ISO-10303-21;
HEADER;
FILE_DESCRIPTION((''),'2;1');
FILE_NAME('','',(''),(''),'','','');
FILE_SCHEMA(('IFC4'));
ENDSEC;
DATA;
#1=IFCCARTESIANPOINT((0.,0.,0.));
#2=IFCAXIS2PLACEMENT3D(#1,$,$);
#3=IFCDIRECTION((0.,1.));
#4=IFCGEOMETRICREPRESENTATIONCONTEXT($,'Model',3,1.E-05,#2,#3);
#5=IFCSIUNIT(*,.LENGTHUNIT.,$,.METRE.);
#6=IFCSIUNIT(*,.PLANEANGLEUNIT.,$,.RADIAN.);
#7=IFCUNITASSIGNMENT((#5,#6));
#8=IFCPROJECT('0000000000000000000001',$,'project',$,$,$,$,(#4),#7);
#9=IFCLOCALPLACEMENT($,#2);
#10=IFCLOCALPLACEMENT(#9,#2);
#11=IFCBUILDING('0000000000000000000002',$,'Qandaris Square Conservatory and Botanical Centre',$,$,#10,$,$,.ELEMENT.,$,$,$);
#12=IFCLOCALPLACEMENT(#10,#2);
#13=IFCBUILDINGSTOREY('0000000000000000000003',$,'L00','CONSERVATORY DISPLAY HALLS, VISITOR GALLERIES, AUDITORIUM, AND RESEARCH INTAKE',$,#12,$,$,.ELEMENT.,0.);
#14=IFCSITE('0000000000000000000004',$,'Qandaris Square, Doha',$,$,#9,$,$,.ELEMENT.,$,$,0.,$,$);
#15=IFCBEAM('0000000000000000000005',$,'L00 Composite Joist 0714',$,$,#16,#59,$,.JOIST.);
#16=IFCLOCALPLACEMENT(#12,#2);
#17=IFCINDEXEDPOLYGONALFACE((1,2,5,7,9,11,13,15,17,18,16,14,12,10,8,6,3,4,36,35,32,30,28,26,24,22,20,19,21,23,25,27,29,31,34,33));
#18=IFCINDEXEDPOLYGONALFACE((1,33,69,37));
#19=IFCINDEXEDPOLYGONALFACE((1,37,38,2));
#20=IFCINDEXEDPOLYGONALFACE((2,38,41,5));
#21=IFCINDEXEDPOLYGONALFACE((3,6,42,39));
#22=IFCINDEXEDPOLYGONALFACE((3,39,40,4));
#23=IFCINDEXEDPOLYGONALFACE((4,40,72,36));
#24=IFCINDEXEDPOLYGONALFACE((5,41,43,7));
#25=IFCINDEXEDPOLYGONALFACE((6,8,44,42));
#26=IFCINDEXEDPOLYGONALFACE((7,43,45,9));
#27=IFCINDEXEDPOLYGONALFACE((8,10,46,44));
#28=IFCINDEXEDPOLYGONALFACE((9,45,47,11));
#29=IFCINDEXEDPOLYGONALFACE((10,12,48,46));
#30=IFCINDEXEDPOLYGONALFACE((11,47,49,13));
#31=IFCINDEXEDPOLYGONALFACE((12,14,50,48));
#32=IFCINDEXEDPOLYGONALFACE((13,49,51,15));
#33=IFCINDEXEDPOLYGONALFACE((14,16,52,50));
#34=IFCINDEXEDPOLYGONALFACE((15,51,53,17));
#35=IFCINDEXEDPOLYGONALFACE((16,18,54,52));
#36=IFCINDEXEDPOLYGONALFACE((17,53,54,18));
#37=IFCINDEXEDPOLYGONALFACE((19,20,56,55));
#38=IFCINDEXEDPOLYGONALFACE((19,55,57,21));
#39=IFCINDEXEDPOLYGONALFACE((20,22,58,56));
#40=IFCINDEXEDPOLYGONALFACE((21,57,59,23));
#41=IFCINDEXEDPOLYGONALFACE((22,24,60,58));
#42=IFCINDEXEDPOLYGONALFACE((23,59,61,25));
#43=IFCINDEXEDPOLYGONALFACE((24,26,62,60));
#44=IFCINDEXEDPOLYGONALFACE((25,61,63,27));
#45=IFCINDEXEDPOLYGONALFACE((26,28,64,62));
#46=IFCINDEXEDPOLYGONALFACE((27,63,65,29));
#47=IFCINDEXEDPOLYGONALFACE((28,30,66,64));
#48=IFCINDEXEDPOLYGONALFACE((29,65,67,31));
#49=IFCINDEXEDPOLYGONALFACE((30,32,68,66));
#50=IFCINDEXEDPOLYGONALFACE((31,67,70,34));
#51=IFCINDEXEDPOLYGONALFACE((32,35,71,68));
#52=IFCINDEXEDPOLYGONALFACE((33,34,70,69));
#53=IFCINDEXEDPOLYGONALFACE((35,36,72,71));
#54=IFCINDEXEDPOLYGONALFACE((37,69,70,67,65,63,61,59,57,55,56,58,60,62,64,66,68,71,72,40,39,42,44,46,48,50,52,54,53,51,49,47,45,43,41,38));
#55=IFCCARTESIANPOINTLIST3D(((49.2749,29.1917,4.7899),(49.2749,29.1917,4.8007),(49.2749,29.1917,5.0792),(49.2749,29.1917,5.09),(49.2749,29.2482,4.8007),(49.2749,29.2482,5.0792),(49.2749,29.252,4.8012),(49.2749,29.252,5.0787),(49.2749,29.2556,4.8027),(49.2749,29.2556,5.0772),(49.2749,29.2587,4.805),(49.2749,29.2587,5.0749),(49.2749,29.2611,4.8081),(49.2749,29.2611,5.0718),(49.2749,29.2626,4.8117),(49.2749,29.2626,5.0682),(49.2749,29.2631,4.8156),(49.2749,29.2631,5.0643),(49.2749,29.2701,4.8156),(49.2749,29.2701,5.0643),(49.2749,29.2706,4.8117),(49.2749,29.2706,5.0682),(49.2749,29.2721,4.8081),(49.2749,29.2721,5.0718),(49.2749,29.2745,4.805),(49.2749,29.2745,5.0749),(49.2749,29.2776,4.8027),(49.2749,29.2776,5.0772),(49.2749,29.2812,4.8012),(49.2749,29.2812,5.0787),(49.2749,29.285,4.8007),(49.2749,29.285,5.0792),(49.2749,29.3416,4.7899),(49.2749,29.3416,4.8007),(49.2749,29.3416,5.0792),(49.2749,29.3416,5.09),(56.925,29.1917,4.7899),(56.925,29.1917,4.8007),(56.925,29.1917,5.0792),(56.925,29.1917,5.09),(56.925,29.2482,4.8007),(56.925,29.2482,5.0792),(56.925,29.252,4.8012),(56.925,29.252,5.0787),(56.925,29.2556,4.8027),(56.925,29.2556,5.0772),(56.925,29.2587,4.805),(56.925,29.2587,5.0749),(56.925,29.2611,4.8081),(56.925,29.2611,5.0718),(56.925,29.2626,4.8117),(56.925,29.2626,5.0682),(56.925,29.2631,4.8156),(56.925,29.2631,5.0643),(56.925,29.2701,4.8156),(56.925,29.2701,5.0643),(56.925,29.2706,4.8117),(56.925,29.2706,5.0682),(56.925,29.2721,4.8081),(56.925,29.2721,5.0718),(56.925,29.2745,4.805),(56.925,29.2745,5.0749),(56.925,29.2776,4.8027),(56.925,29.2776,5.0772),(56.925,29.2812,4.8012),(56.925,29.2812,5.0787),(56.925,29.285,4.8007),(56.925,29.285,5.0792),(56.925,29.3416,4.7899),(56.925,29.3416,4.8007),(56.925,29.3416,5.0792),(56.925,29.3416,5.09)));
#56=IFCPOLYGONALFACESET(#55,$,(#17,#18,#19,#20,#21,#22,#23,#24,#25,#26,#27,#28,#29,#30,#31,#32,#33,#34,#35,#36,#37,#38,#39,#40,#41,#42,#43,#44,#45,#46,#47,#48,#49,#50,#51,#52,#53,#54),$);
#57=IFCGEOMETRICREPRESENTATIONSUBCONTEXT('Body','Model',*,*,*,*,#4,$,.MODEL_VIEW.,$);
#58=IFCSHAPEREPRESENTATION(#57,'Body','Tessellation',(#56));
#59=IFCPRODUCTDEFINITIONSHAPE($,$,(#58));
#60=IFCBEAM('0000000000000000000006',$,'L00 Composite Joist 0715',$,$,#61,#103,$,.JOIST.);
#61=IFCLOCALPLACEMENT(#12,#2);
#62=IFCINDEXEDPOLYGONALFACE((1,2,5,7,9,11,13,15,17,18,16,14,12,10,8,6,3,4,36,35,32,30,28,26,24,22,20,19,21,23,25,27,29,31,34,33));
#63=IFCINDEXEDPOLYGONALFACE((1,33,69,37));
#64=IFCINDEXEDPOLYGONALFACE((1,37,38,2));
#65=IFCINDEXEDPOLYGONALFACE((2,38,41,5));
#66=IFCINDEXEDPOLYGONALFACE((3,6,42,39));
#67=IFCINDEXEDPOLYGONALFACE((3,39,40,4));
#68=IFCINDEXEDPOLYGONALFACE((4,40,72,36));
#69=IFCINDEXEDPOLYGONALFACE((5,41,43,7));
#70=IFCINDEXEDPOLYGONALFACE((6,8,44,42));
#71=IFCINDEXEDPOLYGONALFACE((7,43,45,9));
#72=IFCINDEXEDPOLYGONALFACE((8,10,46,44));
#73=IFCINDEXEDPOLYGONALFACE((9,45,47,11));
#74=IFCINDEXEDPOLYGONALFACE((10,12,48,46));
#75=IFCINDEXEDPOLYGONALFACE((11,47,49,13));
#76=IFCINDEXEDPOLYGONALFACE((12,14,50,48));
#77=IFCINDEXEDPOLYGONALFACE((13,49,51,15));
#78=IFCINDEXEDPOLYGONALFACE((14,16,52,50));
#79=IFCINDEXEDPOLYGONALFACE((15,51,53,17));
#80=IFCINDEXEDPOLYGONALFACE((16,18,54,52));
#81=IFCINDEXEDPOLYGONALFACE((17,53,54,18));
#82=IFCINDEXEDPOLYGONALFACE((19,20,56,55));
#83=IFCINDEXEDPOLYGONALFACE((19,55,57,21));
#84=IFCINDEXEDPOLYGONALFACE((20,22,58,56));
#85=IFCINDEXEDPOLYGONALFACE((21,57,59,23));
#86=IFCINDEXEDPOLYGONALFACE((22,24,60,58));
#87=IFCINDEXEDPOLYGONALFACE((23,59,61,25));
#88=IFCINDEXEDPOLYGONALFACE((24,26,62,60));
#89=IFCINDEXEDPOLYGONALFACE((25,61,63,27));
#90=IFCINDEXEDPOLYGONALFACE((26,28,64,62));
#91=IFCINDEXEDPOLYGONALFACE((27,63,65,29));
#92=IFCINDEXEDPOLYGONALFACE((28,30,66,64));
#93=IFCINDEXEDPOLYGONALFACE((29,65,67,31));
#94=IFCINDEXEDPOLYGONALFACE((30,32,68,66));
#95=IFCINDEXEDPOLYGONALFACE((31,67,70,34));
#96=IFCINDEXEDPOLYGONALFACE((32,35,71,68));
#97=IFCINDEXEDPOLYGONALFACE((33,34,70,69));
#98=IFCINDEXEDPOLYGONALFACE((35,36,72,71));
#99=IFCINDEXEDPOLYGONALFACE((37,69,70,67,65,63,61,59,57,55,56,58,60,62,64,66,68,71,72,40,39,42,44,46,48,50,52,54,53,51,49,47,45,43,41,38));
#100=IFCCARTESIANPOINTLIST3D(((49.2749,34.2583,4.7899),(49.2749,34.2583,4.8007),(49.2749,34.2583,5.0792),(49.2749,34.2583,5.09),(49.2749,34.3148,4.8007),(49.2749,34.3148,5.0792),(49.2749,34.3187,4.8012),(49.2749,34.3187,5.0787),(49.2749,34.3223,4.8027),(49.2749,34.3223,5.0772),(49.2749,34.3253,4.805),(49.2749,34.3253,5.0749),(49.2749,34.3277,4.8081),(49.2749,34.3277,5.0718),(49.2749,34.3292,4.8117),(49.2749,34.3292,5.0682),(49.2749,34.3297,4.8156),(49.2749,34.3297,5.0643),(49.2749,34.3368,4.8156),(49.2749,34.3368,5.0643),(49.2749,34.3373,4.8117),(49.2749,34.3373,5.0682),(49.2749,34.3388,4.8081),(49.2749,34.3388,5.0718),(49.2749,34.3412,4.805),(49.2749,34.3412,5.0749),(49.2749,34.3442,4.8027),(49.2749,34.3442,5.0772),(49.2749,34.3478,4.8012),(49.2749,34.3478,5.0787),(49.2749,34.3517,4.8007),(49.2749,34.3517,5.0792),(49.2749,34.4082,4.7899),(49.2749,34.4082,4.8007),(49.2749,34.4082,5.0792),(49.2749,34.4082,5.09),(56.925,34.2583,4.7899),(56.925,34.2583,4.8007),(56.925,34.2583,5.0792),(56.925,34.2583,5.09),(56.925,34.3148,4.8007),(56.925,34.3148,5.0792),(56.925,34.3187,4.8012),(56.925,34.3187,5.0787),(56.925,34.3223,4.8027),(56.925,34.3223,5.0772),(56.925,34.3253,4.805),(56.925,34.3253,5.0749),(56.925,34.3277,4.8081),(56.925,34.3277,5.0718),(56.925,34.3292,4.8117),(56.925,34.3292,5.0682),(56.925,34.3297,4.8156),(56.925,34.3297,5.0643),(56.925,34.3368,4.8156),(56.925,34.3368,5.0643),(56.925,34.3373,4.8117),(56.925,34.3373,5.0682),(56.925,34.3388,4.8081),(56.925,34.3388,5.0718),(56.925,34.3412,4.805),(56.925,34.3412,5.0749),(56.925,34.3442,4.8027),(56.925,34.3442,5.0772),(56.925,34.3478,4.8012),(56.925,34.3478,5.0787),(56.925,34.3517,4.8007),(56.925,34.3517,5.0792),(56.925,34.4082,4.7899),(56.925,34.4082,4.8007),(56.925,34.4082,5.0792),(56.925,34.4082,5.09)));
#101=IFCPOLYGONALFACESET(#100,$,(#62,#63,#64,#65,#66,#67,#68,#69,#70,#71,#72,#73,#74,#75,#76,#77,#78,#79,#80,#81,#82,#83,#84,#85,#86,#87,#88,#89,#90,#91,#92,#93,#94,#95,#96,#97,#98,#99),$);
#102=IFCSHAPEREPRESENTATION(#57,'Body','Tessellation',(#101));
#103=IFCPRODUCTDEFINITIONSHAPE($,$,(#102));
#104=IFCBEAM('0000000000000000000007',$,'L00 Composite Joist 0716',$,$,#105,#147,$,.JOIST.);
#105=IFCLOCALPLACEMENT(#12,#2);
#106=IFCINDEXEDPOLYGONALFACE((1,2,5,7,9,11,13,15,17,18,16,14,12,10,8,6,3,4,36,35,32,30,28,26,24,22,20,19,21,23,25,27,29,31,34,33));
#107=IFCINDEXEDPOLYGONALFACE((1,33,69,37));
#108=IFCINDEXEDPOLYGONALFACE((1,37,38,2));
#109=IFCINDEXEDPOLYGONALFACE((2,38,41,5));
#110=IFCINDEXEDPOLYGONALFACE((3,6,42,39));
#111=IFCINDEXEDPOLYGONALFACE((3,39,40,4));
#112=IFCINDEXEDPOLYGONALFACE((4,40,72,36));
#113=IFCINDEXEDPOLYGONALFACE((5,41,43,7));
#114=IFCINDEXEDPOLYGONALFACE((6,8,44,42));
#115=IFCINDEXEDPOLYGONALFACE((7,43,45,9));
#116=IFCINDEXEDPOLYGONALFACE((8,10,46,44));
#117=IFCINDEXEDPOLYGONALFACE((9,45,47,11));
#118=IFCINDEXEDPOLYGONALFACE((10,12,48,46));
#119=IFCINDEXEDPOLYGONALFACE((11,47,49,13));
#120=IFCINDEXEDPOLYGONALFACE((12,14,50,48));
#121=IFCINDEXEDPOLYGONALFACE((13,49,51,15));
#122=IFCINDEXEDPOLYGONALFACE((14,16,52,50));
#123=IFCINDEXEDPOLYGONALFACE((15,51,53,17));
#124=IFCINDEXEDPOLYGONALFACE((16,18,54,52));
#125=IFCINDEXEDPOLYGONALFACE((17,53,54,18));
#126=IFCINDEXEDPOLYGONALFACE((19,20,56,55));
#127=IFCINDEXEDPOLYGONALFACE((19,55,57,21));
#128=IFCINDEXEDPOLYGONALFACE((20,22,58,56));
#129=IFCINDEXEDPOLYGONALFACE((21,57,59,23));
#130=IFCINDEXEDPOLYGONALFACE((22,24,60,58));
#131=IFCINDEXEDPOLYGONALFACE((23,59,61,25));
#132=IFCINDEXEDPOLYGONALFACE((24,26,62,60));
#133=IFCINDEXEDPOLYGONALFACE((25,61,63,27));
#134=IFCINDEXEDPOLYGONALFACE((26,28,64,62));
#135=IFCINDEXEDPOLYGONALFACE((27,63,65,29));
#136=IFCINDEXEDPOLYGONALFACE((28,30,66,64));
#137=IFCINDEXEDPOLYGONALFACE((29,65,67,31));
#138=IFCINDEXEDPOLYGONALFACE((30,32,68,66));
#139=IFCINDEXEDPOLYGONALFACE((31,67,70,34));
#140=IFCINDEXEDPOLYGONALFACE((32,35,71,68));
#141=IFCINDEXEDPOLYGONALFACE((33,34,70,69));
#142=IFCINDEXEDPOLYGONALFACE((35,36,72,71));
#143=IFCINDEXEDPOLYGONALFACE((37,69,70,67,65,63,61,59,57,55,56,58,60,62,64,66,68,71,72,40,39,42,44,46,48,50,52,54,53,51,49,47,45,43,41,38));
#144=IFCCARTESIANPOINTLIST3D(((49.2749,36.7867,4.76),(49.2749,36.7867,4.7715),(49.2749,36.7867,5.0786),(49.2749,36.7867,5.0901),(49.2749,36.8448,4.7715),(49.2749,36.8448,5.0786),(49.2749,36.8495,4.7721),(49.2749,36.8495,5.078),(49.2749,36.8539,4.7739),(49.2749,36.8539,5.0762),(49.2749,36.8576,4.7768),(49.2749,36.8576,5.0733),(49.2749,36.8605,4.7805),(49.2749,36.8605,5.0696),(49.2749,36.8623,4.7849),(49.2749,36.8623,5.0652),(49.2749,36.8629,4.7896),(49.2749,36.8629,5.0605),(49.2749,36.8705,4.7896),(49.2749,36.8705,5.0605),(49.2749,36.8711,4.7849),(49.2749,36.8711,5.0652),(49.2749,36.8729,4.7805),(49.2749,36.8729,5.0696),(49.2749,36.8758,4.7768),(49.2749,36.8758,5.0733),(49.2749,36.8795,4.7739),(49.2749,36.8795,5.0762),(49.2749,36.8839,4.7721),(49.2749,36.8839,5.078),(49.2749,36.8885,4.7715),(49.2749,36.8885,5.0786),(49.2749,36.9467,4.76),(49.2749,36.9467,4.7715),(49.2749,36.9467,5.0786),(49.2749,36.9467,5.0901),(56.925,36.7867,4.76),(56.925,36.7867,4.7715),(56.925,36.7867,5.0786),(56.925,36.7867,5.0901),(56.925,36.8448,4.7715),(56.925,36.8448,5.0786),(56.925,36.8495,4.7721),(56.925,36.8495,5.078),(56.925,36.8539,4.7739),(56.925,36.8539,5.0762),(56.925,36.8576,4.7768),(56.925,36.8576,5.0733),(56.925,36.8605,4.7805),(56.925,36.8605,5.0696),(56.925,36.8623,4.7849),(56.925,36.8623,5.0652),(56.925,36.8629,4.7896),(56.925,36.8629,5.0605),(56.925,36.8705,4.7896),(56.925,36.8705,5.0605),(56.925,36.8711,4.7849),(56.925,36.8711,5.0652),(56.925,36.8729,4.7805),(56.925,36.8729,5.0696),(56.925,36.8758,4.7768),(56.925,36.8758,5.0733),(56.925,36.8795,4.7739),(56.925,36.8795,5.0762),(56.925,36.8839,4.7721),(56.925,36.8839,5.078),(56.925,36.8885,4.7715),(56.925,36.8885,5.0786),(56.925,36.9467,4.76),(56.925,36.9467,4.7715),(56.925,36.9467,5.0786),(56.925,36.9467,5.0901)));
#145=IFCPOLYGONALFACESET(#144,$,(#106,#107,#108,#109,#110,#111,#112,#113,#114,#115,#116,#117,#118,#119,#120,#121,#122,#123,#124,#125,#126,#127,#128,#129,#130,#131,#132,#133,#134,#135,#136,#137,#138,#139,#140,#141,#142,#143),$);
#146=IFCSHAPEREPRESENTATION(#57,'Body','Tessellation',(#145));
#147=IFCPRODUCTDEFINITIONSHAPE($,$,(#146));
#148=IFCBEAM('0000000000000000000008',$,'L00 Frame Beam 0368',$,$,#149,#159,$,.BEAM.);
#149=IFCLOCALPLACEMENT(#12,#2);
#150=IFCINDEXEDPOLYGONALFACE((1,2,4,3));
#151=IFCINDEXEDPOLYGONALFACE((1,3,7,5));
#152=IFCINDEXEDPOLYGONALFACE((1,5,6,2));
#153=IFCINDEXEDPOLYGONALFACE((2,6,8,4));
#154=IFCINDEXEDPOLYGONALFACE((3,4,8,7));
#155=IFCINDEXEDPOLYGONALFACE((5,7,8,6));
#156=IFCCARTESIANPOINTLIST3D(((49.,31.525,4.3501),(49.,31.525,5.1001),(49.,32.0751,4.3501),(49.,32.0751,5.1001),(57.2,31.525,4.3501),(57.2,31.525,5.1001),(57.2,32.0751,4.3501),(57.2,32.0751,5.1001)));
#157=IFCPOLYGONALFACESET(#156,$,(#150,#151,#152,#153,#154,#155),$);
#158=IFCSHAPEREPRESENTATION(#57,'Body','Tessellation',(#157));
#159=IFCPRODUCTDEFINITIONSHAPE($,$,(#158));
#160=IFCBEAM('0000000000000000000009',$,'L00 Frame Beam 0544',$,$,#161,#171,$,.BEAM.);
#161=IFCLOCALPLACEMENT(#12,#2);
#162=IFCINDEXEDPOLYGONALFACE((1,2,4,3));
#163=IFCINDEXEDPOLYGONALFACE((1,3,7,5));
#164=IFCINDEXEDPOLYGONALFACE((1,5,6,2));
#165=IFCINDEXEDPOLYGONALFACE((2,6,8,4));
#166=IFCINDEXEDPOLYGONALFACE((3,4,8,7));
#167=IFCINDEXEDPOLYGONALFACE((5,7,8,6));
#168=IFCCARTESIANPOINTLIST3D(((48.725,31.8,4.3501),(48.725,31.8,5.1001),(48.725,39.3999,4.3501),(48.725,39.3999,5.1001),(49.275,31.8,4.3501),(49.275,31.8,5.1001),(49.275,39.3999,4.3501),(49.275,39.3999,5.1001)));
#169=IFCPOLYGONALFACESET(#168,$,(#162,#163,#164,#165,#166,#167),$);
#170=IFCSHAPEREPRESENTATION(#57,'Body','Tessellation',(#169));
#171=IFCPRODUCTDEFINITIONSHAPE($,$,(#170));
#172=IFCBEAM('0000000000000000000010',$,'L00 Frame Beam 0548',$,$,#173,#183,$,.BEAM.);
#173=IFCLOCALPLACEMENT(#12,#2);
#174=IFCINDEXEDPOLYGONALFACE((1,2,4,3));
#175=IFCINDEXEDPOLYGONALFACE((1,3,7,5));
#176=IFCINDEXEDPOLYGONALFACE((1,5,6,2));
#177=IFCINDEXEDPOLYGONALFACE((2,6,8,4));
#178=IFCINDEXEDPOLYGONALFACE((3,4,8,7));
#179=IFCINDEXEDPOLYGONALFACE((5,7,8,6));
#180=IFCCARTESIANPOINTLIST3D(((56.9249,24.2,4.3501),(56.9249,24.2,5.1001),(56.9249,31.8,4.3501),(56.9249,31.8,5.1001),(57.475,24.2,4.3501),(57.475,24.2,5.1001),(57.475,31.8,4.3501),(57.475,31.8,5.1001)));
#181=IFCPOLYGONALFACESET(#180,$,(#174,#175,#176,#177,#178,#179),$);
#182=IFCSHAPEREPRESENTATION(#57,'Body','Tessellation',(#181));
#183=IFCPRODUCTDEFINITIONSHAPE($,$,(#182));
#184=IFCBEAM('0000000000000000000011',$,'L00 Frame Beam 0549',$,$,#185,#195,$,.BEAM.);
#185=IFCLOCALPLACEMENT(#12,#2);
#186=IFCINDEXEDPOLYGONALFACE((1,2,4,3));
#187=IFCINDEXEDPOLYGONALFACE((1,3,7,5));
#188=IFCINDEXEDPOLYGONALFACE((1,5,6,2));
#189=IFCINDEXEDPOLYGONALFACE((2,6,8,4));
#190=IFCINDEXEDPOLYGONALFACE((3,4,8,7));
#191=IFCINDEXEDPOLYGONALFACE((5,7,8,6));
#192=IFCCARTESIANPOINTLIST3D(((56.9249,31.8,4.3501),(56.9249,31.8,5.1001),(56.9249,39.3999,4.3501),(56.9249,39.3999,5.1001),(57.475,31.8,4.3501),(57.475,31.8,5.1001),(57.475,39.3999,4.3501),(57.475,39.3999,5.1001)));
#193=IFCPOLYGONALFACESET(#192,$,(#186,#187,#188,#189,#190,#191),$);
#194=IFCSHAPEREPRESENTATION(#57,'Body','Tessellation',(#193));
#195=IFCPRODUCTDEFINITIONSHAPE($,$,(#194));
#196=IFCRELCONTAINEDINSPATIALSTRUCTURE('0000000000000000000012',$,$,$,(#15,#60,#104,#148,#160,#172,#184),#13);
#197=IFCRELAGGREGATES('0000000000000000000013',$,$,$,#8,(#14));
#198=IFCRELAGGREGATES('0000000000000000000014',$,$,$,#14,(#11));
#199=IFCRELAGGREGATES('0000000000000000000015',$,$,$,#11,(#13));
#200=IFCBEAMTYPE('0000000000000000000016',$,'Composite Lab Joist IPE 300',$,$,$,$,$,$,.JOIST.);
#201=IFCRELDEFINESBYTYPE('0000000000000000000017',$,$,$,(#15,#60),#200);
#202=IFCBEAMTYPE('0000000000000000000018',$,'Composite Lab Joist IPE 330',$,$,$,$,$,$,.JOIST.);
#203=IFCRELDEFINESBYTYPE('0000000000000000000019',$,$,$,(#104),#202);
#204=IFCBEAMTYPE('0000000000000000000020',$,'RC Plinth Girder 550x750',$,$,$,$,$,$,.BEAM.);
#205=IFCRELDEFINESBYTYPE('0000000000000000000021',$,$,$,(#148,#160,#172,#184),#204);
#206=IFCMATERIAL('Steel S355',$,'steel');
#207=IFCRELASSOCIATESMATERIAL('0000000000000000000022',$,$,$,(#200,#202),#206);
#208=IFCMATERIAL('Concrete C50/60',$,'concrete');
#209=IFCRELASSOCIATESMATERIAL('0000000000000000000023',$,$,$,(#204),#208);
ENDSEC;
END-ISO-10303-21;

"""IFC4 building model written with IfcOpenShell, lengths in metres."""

from ifc_helpers import new_model, si_unit, direction, frame, origin, origin_2d, place, context, subcontext, project, spatial, rectangle, i_section, extrude, material, material_profile, profile_set, type_object, element, save


model = new_model("IFC4")

# Units and contexts
model_context = context("Model", 3, precision=1e-05, world=origin(), true_north=direction((0.0, 1.0)))
body_context = subcontext(model_context, "Body", "Model", "MODEL_VIEW")
ifc_project = project(units=[si_unit("LENGTHUNIT", "METRE"), si_unit("PLANEANGLEUNIT", "RADIAN")], contexts=[model_context])

# Site, building, storey
site_placement = place(None, origin())
site = spatial("IfcSite", under=ifc_project, at=site_placement, Name="Qandaris Square, Doha", CompositionType="ELEMENT", RefElevation=0.0)
building_placement = place(site_placement, origin())
building = spatial("IfcBuilding", under=site, at=building_placement, Name="Qandaris Square Conservatory and Botanical Centre", CompositionType="ELEMENT")
storey_placement = place(building_placement, origin())
storey = spatial("IfcBuildingStorey", under=building, at=storey_placement, Name="L00", Description="CONSERVATORY DISPLAY HALLS, VISITOR GALLERIES, AUDITORIUM, AND RESEARCH INTAKE", CompositionType="ELEMENT", Elevation=0.0)

# Shared definitions
ifc_material_1 = material(Name="Concrete C50/60", Category="concrete")

# Beams
ifc_material_2 = material(Name="Steel S355", Category="steel")
ifc_material_profile_1 = material_profile(ifc_material_2, i_section(OverallWidth=0.1499, OverallDepth=0.3, WebThickness=0.0071, FlangeThickness=0.0107, FilletRadius=0.0149, at=origin_2d()), Name="IPE 300")
ifc_profile_set_1 = profile_set([ifc_material_profile_1], Name="Steel S355")
beam_type_1 = type_object("IfcBeamType", Name="Composite Lab Joist IPE 300", PredefinedType="JOIST", material=ifc_profile_set_1)
for number, where, z_axis, x_axis, name in (
    (1, (49.2749, 29.2666, 4.9399), (1.0, 0.0, 0.0), (0.0, 1.0, 0.0), "L00 Composite Joist 0714"),
    (2, (49.2749, 34.3333, 4.9399), (1.0, 0.0, 0.0), (0.0, 1.0, 0.0), "L00 Composite Joist 0715"),
):
    element("IfcBeam", number, at=place(storey_placement, frame(where, z_axis=z_axis, x_axis=x_axis)), inside=storey, type_object=beam_type_1, Name=name, PredefinedType="JOIST", context=body_context, shape_type="SweptSolid", body=[
        extrude(i_section(OverallWidth=0.1499, OverallDepth=0.3, WebThickness=0.0071, FlangeThickness=0.0107, FilletRadius=0.0149, at=origin_2d()), origin(), (0.0, 0.0, 1.0), 7.6501),
    ])
ifc_material_profile_2 = material_profile(ifc_material_2, i_section(OverallWidth=0.1599, OverallDepth=0.3301, WebThickness=0.0076, FlangeThickness=0.0115, FilletRadius=0.0181, at=origin_2d()), Name="IPE 330")
ifc_profile_set_2 = profile_set([ifc_material_profile_2], Name="Steel S355")
beam_type_2 = type_object("IfcBeamType", Name="Composite Lab Joist IPE 330", PredefinedType="JOIST", material=ifc_profile_set_2)
beam_1_placement = place(storey_placement, frame((49.2749, 36.8667, 4.925), z_axis=(1.0, 0.0, 0.0), x_axis=(0.0, 1.0, 0.0)))
element("IfcBeam", 3, at=beam_1_placement, inside=storey, type_object=beam_type_2, Name="L00 Composite Joist 0716", PredefinedType="JOIST", context=body_context, shape_type="SweptSolid", body=[
    extrude(i_section(OverallWidth=0.1599, OverallDepth=0.3301, WebThickness=0.0076, FlangeThickness=0.0115, FilletRadius=0.0181, at=origin_2d()), origin(), (0.0, 0.0, 1.0), 7.6501),
])
ifc_material_profile_3 = material_profile(ifc_material_1, rectangle(XDim=0.55, YDim=0.75, at=origin_2d()), Name="RC-BM 550x750")
ifc_profile_set_3 = profile_set([ifc_material_profile_3], Name="Concrete C50/60")
beam_type_3 = type_object("IfcBeamType", Name="RC Plinth Girder 550x750", PredefinedType="BEAM", material=ifc_profile_set_3)
beam_2_placement = place(storey_placement, frame((49.0, 31.8, 4.7251), z_axis=(1.0, 0.0, 0.0), x_axis=(0.0, 1.0, 0.0)))
element("IfcBeam", 4, at=beam_2_placement, inside=storey, type_object=beam_type_3, Name="L00 Frame Beam 0368", PredefinedType="BEAM", context=body_context, shape_type="SweptSolid", body=[
    extrude(rectangle(XDim=0.55, YDim=0.75, at=origin_2d()), origin(), (0.0, 0.0, 1.0), 8.2),
])
beam_3_placement = place(storey_placement, frame((49.0, 31.8, 4.7251), z_axis=(0.0, 1.0, 0.0), x_axis=(-1.0, 0.0, 0.0)))
element("IfcBeam", 5, at=beam_3_placement, inside=storey, type_object=beam_type_3, Name="L00 Frame Beam 0544", PredefinedType="BEAM", context=body_context, shape_type="SweptSolid", body=[
    extrude(rectangle(XDim=0.55, YDim=0.75, at=origin_2d()), origin(), (0.0, 0.0, 1.0), 7.5999),
])
beam_4_placement = place(storey_placement, frame((57.2, 24.2, 4.7251), z_axis=(0.0, 1.0, 0.0), x_axis=(-1.0, 0.0, 0.0)))
element("IfcBeam", 6, at=beam_4_placement, inside=storey, type_object=beam_type_3, Name="L00 Frame Beam 0548", PredefinedType="BEAM", context=body_context, shape_type="SweptSolid", body=[
    extrude(rectangle(XDim=0.55, YDim=0.75, at=origin_2d()), origin(), (0.0, 0.0, 1.0), 7.6001),
])
beam_5_placement = place(storey_placement, frame((57.2, 31.8, 4.7251), z_axis=(0.0, 1.0, 0.0), x_axis=(-1.0, 0.0, 0.0)))
element("IfcBeam", 7, at=beam_5_placement, inside=storey, type_object=beam_type_3, Name="L00 Frame Beam 0549", PredefinedType="BEAM", context=body_context, shape_type="SweptSolid", body=[
    extrude(rectangle(XDim=0.55, YDim=0.75, at=origin_2d()), origin(), (0.0, 0.0, 1.0), 7.5999),
])

save(model, "model.ifc")
